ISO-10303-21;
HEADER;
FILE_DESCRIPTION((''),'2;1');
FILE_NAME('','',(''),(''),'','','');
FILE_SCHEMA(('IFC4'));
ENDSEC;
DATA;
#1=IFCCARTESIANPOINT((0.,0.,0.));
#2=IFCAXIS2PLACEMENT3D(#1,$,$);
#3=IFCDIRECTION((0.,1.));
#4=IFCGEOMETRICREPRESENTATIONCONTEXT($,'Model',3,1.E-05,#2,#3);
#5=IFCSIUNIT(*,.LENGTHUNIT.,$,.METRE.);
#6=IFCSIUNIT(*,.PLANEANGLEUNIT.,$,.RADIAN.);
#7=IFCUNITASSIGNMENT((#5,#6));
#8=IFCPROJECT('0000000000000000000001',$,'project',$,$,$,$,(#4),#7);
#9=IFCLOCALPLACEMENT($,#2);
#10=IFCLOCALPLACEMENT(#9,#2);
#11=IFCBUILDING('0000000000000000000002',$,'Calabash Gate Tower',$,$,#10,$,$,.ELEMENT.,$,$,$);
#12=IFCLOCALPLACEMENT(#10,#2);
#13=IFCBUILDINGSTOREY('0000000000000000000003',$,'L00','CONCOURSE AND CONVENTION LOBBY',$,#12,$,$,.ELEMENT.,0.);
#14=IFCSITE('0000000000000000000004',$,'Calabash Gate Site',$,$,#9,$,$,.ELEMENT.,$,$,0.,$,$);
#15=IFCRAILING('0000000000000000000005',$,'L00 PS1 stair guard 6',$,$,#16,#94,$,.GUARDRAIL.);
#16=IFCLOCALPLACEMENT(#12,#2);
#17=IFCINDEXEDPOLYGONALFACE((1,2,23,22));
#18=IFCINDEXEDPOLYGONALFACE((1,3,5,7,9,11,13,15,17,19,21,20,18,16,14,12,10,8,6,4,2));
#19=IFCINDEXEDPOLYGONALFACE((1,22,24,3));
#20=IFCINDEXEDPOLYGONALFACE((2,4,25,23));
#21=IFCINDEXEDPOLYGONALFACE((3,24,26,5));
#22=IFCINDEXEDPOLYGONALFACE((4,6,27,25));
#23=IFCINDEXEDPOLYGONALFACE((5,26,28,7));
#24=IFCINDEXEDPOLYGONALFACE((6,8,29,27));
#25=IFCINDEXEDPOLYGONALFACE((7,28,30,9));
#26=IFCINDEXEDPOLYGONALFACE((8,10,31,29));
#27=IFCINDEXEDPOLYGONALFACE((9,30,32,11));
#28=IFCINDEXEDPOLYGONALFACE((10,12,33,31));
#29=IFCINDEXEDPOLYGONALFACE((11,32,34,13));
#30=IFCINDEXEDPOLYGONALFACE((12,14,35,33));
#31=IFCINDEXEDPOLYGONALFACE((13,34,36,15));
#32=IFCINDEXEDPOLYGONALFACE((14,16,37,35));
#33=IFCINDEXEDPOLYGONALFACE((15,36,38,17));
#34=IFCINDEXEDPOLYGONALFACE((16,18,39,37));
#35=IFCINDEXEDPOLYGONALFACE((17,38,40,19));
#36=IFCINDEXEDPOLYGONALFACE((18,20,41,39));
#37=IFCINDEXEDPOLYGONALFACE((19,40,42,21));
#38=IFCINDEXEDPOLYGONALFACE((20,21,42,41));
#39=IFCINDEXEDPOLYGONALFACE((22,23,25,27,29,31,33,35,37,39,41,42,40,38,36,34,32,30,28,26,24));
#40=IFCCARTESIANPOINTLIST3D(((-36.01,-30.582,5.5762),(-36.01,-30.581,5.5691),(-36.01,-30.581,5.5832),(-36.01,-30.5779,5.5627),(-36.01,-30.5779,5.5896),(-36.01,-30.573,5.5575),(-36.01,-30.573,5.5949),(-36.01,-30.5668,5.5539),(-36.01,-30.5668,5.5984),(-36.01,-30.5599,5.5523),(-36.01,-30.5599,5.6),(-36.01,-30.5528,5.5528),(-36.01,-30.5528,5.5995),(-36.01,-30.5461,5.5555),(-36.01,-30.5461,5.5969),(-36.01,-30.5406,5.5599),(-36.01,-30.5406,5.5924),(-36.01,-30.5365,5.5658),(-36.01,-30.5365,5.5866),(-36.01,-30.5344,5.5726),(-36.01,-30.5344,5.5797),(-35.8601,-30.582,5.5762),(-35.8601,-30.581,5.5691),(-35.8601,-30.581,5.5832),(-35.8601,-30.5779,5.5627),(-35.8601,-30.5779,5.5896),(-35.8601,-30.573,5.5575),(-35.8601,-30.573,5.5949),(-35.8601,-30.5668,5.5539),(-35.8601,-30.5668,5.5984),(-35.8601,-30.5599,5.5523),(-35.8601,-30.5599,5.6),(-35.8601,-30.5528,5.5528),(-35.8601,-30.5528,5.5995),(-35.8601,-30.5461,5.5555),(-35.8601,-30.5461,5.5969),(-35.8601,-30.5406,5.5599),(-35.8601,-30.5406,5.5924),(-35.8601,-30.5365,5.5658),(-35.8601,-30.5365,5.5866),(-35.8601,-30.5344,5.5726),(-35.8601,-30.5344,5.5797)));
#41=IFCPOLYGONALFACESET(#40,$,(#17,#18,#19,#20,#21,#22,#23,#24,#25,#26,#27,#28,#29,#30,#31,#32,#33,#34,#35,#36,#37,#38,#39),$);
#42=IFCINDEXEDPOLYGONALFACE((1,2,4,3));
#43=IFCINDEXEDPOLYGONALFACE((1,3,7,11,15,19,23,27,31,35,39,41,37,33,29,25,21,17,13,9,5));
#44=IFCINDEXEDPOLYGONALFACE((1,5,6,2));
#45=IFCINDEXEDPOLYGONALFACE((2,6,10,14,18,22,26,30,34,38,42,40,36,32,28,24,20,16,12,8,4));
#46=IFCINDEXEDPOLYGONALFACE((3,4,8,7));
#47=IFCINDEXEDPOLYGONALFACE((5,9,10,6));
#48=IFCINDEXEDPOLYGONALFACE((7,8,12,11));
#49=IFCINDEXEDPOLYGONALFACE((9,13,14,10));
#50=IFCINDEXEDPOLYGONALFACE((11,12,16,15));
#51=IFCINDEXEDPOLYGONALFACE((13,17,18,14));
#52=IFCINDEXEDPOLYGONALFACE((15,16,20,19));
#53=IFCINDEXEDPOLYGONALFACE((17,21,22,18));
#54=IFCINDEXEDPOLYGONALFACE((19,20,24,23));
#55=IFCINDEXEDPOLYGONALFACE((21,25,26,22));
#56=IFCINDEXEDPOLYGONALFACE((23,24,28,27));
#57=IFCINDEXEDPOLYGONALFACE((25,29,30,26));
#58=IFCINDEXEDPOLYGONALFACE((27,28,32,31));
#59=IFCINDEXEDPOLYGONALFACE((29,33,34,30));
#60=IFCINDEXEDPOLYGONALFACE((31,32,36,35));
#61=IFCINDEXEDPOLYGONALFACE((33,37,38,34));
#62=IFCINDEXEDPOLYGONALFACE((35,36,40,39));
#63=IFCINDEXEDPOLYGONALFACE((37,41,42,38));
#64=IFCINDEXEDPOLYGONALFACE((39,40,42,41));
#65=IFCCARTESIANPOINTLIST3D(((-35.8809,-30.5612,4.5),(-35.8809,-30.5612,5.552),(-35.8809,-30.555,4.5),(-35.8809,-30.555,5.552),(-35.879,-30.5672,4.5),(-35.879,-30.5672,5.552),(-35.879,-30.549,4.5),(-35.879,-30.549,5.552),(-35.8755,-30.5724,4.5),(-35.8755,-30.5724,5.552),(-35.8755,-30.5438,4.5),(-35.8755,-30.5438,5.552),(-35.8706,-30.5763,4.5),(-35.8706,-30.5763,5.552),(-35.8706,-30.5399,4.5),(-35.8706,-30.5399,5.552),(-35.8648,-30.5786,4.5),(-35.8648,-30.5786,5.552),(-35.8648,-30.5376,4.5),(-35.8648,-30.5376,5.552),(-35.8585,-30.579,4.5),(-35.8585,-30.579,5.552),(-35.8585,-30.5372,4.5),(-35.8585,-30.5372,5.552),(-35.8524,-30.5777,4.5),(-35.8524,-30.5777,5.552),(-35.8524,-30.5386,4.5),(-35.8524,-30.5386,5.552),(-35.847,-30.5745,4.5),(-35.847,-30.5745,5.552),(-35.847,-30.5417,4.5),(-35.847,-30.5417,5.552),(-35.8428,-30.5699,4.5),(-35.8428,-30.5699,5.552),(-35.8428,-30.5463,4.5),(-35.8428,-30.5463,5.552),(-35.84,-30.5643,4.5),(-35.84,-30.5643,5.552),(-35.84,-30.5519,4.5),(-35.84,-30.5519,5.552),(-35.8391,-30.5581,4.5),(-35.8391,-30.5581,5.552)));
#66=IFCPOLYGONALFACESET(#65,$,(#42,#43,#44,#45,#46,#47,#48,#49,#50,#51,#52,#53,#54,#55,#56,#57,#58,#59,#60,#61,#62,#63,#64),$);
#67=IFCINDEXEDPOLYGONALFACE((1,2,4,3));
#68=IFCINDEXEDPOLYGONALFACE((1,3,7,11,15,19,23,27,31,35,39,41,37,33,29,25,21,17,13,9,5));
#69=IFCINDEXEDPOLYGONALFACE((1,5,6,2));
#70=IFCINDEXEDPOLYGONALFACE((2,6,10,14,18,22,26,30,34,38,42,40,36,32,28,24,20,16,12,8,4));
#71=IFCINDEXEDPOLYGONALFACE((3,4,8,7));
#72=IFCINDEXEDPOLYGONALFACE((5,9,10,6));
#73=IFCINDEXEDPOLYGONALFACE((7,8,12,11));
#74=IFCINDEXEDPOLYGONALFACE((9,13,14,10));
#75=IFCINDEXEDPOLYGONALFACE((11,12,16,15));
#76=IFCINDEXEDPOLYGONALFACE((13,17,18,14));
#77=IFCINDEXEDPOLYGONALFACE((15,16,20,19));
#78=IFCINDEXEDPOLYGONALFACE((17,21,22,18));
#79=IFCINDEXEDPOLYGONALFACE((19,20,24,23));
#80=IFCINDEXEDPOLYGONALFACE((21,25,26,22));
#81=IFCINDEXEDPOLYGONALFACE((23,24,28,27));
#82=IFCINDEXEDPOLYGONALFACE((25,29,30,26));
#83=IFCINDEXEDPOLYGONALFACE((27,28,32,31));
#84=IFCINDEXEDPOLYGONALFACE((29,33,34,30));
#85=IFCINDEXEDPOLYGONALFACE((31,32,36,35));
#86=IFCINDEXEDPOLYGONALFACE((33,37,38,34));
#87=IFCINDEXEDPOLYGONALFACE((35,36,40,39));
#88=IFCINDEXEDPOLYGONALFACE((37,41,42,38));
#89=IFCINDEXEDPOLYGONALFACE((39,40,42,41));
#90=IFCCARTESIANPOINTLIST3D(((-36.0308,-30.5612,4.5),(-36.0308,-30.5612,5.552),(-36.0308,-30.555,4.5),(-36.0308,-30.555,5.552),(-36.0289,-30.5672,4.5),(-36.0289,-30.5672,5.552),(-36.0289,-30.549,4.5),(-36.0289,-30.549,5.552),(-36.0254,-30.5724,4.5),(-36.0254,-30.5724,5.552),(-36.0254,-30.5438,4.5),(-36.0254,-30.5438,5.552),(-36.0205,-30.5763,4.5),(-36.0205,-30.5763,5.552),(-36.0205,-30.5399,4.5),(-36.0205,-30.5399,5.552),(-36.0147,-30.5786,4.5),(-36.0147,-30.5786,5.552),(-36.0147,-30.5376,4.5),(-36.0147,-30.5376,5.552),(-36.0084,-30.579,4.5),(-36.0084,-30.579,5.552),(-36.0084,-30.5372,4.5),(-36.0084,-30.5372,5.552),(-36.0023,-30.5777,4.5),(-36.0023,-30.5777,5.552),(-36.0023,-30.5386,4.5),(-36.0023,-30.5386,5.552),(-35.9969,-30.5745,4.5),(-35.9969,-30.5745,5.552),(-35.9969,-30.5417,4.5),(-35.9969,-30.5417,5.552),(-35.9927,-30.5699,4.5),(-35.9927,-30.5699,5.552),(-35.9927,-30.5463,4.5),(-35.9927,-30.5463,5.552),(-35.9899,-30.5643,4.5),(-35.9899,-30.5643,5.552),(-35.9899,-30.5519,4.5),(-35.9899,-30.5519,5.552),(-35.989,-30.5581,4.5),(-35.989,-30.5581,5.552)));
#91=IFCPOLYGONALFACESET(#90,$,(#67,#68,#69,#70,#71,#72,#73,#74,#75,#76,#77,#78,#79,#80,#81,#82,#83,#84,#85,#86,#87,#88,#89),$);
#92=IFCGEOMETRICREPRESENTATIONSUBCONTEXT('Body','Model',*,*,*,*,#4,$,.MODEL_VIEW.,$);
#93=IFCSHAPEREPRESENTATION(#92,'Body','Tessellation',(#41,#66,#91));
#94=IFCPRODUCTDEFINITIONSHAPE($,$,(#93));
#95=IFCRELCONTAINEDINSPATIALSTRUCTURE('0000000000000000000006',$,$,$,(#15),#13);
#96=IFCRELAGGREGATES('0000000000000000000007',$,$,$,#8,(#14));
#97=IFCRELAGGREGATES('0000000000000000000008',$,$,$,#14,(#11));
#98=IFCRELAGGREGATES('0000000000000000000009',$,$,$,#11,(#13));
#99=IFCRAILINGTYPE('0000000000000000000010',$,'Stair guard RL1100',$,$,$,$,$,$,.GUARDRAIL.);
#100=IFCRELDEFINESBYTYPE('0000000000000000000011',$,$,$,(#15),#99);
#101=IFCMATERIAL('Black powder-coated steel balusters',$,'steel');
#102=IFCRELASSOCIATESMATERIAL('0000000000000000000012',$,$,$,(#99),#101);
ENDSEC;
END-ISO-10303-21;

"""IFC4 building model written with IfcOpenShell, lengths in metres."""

from ifc_helpers import new_model, si_unit, direction, frame, origin, origin_2d, place, context, subcontext, project, spatial, circle, extrude, material, type_object, element, save


model = new_model("IFC4")

# Units and contexts
model_context = context("Model", 3, precision=1e-05, world=origin(), true_north=direction((0.0, 1.0)))
body_context = subcontext(model_context, "Body", "Model", "MODEL_VIEW")
ifc_project = project(units=[si_unit("LENGTHUNIT", "METRE"), si_unit("PLANEANGLEUNIT", "RADIAN")], contexts=[model_context])

# Site, building, storey
site_placement = place(None, origin())
site = spatial("IfcSite", under=ifc_project, at=site_placement, Name="Calabash Gate Site", CompositionType="ELEMENT", RefElevation=0.0)
building_placement = place(site_placement, origin())
building = spatial("IfcBuilding", under=site, at=building_placement, Name="Calabash Gate Tower", CompositionType="ELEMENT")
storey_placement = place(building_placement, origin())
storey = spatial("IfcBuildingStorey", under=building, at=storey_placement, Name="L00", Description="CONCOURSE AND CONVENTION LOBBY", CompositionType="ELEMENT", Elevation=0.0)

# Railing
ifc_material_1 = material(Name="Black powder-coated steel balusters", Category="steel")
railing_type_1 = type_object("IfcRailingType", Name="Stair guard RL1100", PredefinedType="GUARDRAIL", material=ifc_material_1)
railing_1_placement = place(storey_placement, frame((-35.8601, -30.5581, 4.5)))
element("IfcRailing", 1, at=railing_1_placement, inside=storey, type_object=railing_type_1, Name="L00 PS1 stair guard 6", PredefinedType="GUARDRAIL", context=body_context, shape_type="SweptSolid", body=[
    extrude(circle(Radius=0.0239, at=origin_2d()), frame((0.0, 0.0, 1.0762), z_axis=(-1.0, 0.0, 0.0), x_axis=(0.0, -1.0, 0.0)), (0.0, 0.0, 1.0), 0.1499),
    extrude(circle(Radius=0.021, at=origin_2d()), origin(), (0.0, 0.0, 1.0), 1.052),
    extrude(circle(Radius=0.021, at=origin_2d()), frame((-0.1499, 0.0, 0.0)), (0.0, 0.0, 1.0), 1.052),
])

save(model, "model.ifc")
